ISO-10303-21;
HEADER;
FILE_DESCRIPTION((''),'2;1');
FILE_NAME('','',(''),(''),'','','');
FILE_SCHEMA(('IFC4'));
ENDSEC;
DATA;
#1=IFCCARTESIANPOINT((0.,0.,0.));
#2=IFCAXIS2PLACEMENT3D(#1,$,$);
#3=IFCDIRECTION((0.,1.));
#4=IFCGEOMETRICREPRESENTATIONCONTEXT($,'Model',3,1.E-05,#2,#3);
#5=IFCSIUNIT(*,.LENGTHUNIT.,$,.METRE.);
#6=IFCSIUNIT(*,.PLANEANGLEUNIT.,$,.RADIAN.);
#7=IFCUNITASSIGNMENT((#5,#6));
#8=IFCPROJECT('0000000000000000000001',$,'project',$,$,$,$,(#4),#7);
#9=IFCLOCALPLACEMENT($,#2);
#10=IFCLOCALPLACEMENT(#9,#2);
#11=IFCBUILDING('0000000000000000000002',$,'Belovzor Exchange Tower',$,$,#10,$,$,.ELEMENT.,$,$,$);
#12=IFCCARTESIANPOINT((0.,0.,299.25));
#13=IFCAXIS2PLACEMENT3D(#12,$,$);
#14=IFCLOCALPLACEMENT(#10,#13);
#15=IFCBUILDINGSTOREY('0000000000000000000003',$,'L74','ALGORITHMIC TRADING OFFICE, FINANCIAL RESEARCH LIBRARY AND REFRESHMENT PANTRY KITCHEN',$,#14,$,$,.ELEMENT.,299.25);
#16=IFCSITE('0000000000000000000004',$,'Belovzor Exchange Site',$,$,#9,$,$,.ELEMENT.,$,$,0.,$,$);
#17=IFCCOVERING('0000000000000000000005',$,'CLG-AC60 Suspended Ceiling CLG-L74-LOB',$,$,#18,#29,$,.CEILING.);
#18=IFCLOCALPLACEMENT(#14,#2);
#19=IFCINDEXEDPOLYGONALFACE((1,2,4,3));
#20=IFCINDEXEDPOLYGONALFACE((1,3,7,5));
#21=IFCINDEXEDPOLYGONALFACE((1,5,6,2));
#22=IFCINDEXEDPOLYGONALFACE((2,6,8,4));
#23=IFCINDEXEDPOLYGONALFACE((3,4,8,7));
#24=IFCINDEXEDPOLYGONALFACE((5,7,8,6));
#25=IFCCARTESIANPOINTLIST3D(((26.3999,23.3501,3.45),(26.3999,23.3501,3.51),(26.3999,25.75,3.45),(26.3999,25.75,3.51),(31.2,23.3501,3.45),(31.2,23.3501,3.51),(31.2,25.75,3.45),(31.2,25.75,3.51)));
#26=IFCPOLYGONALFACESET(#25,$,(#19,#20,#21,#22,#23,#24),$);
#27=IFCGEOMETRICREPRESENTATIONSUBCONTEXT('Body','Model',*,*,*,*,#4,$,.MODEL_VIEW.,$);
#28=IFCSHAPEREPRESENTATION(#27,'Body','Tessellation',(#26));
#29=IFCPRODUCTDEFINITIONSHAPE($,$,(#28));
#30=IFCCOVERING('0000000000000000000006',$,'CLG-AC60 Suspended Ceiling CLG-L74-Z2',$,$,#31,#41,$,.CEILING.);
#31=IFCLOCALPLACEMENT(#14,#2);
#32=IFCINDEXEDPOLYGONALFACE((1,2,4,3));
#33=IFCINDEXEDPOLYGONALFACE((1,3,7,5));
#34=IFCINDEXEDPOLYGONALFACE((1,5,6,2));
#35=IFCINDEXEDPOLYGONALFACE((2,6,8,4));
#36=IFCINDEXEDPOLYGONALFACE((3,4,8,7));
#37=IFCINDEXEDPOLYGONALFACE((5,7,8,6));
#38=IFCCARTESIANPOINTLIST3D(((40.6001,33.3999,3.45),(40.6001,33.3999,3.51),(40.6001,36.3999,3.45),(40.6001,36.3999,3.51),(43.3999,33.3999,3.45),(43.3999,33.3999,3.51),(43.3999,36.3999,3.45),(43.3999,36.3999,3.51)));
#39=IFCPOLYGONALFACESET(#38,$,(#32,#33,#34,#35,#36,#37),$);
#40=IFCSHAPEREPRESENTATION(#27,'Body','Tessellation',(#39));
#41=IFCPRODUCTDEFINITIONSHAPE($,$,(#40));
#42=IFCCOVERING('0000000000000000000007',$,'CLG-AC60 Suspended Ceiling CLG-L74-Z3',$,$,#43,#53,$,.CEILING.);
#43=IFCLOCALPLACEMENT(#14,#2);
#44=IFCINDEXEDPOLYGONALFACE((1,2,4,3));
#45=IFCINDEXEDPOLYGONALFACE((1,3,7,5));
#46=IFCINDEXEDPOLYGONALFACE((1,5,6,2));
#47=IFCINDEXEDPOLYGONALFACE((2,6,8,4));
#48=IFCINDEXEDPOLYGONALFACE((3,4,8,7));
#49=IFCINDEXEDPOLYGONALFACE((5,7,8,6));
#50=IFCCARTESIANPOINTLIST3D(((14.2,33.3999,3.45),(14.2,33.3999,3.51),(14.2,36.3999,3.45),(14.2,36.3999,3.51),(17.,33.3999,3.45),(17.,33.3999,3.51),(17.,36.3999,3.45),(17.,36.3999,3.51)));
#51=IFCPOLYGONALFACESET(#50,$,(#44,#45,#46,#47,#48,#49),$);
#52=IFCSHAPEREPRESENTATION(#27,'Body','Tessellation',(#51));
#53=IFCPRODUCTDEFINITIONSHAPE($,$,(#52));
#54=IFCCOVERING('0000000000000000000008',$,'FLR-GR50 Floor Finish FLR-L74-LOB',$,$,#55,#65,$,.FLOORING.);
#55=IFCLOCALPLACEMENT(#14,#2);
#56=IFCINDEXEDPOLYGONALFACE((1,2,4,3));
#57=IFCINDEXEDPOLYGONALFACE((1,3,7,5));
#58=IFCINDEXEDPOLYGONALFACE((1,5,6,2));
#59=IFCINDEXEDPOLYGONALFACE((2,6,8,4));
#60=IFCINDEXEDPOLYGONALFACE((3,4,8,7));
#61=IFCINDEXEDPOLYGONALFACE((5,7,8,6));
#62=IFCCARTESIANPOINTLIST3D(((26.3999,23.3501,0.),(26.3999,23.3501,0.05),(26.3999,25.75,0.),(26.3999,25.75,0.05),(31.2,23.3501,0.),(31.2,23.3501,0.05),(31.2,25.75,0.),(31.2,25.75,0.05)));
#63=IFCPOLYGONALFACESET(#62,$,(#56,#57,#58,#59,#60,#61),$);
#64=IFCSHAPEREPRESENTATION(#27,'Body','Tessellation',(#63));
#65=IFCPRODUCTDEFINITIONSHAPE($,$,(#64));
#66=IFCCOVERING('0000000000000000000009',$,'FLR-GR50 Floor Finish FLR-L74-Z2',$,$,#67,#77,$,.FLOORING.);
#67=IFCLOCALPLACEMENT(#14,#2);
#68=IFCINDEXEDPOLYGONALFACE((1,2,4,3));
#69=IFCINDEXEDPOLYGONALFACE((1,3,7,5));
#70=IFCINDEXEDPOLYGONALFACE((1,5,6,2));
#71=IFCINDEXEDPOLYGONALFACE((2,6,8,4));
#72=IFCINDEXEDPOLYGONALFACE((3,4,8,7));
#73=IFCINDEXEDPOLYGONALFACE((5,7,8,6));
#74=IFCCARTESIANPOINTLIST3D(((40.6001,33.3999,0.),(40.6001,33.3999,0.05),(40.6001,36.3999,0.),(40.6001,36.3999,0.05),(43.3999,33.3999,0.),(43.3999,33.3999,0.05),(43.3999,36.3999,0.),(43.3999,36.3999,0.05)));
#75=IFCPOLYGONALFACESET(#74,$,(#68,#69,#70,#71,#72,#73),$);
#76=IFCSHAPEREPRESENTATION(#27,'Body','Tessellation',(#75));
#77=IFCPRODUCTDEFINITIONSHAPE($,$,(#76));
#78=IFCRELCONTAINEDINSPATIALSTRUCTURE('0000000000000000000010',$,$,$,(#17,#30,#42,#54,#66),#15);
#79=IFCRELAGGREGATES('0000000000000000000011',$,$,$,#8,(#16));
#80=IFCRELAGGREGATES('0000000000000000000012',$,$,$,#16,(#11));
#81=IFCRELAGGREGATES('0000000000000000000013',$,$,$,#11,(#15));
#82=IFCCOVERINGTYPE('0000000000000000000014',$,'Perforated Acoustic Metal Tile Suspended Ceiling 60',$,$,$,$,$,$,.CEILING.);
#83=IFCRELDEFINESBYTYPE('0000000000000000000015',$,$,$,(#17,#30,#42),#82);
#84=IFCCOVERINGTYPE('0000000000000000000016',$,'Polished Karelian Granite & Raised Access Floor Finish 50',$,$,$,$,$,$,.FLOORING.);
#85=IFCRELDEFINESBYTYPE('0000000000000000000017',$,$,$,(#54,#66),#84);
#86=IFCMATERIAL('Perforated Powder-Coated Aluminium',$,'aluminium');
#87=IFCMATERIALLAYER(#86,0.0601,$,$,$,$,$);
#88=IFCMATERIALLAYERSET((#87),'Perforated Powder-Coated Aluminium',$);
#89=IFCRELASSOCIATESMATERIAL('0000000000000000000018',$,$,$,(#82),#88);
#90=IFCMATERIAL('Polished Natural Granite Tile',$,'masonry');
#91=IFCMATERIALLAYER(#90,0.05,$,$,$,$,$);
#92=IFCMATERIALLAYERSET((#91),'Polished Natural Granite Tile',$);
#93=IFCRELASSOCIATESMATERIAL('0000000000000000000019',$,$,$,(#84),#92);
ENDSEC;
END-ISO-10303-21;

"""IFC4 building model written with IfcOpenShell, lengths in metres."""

from ifc_helpers import new_model, si_unit, direction, frame, origin, place, context, subcontext, project, spatial, polyline, outline, extrude, material, layer, layer_set, type_object, element, save


model = new_model("IFC4")

# Units and contexts
model_context = context("Model", 3, precision=1e-05, world=origin(), true_north=direction((0.0, 1.0)))
body_context = subcontext(model_context, "Body", "Model", "MODEL_VIEW")
ifc_project = project(units=[si_unit("LENGTHUNIT", "METRE"), si_unit("PLANEANGLEUNIT", "RADIAN")], contexts=[model_context])

# Site, building, storey
site_placement = place(None, origin())
site = spatial("IfcSite", under=ifc_project, at=site_placement, Name="Belovzor Exchange Site", CompositionType="ELEMENT", RefElevation=0.0)
building_placement = place(site_placement, origin())
building = spatial("IfcBuilding", under=site, at=building_placement, Name="Belovzor Exchange Tower", CompositionType="ELEMENT")
storey_placement = place(building_placement, frame((0.0, 0.0, 299.25)))
storey = spatial("IfcBuildingStorey", under=building, at=storey_placement, Name="L74", Description="ALGORITHMIC TRADING OFFICE, FINANCIAL RESEARCH LIBRARY AND REFRESHMENT PANTRY KITCHEN", CompositionType="ELEMENT", Elevation=299.25)

# Coverings
ifc_material_1 = material(Name="Perforated Powder-Coated Aluminium", Category="aluminium")
ifc_layer_1 = layer(ifc_material_1, 0.0601)
ifc_layer_set_1 = layer_set([ifc_layer_1], Name="Perforated Powder-Coated Aluminium")
covering_type_1 = type_object("IfcCoveringType", Name="Perforated Acoustic Metal Tile Suspended Ceiling 60", PredefinedType="CEILING", material=ifc_layer_set_1)
covering_1_placement = place(storey_placement, frame((0.0, 0.0, 3.45)))
element("IfcCovering", 1, at=covering_1_placement, inside=storey, type_object=covering_type_1, Name="CLG-AC60 Suspended Ceiling CLG-L74-LOB", PredefinedType="CEILING", context=body_context, shape_type="SweptSolid", body=[
    extrude(outline(polyline([(26.3999, 23.3501), (31.2, 23.3501), (31.2, 25.75), (26.3999, 25.75), (26.3999, 23.3501)])), origin(), (0.0, 0.0, 1.0), 0.0601),
])
covering_2_placement = place(storey_placement, frame((0.0, 0.0, 3.45)))
element("IfcCovering", 2, at=covering_2_placement, inside=storey, type_object=covering_type_1, Name="CLG-AC60 Suspended Ceiling CLG-L74-Z2", PredefinedType="CEILING", context=body_context, shape_type="SweptSolid", body=[
    extrude(outline(polyline([(40.6001, 33.3999), (43.3999, 33.3999), (43.3999, 36.3999), (40.6001, 36.3999), (40.6001, 33.3999)])), origin(), (0.0, 0.0, 1.0), 0.0601),
])
covering_3_placement = place(storey_placement, frame((0.0, 0.0, 3.45)))
element("IfcCovering", 3, at=covering_3_placement, inside=storey, type_object=covering_type_1, Name="CLG-AC60 Suspended Ceiling CLG-L74-Z3", PredefinedType="CEILING", context=body_context, shape_type="SweptSolid", body=[
    extrude(outline(polyline([(14.2, 33.3999), (17.0, 33.3999), (17.0, 36.3999), (14.2, 36.3999), (14.2, 33.3999)])), origin(), (0.0, 0.0, 1.0), 0.0601),
])
ifc_material_2 = material(Name="Polished Natural Granite Tile", Category="masonry")
ifc_layer_2 = layer(ifc_material_2, 0.05)
ifc_layer_set_2 = layer_set([ifc_layer_2], Name="Polished Natural Granite Tile")
covering_type_2 = type_object("IfcCoveringType", Name="Polished Karelian Granite & Raised Access Floor Finish 50", PredefinedType="FLOORING", material=ifc_layer_set_2)
covering_4_placement = place(storey_placement, origin())
element("IfcCovering", 4, at=covering_4_placement, inside=storey, type_object=covering_type_2, Name="FLR-GR50 Floor Finish FLR-L74-LOB", PredefinedType="FLOORING", context=body_context, shape_type="SweptSolid", body=[
    extrude(outline(polyline([(26.3999, 23.3501), (31.2, 23.3501), (31.2, 25.75), (26.3999, 25.75), (26.3999, 23.3501)])), origin(), (0.0, 0.0, 1.0), 0.05),
])
covering_5_placement = place(storey_placement, origin())
element("IfcCovering", 5, at=covering_5_placement, inside=storey, type_object=covering_type_2, Name="FLR-GR50 Floor Finish FLR-L74-Z2", PredefinedType="FLOORING", context=body_context, shape_type="SweptSolid", body=[
    extrude(outline(polyline([(40.6001, 33.3999), (43.3999, 33.3999), (43.3999, 36.3999), (40.6001, 36.3999), (40.6001, 33.3999)])), origin(), (0.0, 0.0, 1.0), 0.05),
])

save(model, "model.ifc")
